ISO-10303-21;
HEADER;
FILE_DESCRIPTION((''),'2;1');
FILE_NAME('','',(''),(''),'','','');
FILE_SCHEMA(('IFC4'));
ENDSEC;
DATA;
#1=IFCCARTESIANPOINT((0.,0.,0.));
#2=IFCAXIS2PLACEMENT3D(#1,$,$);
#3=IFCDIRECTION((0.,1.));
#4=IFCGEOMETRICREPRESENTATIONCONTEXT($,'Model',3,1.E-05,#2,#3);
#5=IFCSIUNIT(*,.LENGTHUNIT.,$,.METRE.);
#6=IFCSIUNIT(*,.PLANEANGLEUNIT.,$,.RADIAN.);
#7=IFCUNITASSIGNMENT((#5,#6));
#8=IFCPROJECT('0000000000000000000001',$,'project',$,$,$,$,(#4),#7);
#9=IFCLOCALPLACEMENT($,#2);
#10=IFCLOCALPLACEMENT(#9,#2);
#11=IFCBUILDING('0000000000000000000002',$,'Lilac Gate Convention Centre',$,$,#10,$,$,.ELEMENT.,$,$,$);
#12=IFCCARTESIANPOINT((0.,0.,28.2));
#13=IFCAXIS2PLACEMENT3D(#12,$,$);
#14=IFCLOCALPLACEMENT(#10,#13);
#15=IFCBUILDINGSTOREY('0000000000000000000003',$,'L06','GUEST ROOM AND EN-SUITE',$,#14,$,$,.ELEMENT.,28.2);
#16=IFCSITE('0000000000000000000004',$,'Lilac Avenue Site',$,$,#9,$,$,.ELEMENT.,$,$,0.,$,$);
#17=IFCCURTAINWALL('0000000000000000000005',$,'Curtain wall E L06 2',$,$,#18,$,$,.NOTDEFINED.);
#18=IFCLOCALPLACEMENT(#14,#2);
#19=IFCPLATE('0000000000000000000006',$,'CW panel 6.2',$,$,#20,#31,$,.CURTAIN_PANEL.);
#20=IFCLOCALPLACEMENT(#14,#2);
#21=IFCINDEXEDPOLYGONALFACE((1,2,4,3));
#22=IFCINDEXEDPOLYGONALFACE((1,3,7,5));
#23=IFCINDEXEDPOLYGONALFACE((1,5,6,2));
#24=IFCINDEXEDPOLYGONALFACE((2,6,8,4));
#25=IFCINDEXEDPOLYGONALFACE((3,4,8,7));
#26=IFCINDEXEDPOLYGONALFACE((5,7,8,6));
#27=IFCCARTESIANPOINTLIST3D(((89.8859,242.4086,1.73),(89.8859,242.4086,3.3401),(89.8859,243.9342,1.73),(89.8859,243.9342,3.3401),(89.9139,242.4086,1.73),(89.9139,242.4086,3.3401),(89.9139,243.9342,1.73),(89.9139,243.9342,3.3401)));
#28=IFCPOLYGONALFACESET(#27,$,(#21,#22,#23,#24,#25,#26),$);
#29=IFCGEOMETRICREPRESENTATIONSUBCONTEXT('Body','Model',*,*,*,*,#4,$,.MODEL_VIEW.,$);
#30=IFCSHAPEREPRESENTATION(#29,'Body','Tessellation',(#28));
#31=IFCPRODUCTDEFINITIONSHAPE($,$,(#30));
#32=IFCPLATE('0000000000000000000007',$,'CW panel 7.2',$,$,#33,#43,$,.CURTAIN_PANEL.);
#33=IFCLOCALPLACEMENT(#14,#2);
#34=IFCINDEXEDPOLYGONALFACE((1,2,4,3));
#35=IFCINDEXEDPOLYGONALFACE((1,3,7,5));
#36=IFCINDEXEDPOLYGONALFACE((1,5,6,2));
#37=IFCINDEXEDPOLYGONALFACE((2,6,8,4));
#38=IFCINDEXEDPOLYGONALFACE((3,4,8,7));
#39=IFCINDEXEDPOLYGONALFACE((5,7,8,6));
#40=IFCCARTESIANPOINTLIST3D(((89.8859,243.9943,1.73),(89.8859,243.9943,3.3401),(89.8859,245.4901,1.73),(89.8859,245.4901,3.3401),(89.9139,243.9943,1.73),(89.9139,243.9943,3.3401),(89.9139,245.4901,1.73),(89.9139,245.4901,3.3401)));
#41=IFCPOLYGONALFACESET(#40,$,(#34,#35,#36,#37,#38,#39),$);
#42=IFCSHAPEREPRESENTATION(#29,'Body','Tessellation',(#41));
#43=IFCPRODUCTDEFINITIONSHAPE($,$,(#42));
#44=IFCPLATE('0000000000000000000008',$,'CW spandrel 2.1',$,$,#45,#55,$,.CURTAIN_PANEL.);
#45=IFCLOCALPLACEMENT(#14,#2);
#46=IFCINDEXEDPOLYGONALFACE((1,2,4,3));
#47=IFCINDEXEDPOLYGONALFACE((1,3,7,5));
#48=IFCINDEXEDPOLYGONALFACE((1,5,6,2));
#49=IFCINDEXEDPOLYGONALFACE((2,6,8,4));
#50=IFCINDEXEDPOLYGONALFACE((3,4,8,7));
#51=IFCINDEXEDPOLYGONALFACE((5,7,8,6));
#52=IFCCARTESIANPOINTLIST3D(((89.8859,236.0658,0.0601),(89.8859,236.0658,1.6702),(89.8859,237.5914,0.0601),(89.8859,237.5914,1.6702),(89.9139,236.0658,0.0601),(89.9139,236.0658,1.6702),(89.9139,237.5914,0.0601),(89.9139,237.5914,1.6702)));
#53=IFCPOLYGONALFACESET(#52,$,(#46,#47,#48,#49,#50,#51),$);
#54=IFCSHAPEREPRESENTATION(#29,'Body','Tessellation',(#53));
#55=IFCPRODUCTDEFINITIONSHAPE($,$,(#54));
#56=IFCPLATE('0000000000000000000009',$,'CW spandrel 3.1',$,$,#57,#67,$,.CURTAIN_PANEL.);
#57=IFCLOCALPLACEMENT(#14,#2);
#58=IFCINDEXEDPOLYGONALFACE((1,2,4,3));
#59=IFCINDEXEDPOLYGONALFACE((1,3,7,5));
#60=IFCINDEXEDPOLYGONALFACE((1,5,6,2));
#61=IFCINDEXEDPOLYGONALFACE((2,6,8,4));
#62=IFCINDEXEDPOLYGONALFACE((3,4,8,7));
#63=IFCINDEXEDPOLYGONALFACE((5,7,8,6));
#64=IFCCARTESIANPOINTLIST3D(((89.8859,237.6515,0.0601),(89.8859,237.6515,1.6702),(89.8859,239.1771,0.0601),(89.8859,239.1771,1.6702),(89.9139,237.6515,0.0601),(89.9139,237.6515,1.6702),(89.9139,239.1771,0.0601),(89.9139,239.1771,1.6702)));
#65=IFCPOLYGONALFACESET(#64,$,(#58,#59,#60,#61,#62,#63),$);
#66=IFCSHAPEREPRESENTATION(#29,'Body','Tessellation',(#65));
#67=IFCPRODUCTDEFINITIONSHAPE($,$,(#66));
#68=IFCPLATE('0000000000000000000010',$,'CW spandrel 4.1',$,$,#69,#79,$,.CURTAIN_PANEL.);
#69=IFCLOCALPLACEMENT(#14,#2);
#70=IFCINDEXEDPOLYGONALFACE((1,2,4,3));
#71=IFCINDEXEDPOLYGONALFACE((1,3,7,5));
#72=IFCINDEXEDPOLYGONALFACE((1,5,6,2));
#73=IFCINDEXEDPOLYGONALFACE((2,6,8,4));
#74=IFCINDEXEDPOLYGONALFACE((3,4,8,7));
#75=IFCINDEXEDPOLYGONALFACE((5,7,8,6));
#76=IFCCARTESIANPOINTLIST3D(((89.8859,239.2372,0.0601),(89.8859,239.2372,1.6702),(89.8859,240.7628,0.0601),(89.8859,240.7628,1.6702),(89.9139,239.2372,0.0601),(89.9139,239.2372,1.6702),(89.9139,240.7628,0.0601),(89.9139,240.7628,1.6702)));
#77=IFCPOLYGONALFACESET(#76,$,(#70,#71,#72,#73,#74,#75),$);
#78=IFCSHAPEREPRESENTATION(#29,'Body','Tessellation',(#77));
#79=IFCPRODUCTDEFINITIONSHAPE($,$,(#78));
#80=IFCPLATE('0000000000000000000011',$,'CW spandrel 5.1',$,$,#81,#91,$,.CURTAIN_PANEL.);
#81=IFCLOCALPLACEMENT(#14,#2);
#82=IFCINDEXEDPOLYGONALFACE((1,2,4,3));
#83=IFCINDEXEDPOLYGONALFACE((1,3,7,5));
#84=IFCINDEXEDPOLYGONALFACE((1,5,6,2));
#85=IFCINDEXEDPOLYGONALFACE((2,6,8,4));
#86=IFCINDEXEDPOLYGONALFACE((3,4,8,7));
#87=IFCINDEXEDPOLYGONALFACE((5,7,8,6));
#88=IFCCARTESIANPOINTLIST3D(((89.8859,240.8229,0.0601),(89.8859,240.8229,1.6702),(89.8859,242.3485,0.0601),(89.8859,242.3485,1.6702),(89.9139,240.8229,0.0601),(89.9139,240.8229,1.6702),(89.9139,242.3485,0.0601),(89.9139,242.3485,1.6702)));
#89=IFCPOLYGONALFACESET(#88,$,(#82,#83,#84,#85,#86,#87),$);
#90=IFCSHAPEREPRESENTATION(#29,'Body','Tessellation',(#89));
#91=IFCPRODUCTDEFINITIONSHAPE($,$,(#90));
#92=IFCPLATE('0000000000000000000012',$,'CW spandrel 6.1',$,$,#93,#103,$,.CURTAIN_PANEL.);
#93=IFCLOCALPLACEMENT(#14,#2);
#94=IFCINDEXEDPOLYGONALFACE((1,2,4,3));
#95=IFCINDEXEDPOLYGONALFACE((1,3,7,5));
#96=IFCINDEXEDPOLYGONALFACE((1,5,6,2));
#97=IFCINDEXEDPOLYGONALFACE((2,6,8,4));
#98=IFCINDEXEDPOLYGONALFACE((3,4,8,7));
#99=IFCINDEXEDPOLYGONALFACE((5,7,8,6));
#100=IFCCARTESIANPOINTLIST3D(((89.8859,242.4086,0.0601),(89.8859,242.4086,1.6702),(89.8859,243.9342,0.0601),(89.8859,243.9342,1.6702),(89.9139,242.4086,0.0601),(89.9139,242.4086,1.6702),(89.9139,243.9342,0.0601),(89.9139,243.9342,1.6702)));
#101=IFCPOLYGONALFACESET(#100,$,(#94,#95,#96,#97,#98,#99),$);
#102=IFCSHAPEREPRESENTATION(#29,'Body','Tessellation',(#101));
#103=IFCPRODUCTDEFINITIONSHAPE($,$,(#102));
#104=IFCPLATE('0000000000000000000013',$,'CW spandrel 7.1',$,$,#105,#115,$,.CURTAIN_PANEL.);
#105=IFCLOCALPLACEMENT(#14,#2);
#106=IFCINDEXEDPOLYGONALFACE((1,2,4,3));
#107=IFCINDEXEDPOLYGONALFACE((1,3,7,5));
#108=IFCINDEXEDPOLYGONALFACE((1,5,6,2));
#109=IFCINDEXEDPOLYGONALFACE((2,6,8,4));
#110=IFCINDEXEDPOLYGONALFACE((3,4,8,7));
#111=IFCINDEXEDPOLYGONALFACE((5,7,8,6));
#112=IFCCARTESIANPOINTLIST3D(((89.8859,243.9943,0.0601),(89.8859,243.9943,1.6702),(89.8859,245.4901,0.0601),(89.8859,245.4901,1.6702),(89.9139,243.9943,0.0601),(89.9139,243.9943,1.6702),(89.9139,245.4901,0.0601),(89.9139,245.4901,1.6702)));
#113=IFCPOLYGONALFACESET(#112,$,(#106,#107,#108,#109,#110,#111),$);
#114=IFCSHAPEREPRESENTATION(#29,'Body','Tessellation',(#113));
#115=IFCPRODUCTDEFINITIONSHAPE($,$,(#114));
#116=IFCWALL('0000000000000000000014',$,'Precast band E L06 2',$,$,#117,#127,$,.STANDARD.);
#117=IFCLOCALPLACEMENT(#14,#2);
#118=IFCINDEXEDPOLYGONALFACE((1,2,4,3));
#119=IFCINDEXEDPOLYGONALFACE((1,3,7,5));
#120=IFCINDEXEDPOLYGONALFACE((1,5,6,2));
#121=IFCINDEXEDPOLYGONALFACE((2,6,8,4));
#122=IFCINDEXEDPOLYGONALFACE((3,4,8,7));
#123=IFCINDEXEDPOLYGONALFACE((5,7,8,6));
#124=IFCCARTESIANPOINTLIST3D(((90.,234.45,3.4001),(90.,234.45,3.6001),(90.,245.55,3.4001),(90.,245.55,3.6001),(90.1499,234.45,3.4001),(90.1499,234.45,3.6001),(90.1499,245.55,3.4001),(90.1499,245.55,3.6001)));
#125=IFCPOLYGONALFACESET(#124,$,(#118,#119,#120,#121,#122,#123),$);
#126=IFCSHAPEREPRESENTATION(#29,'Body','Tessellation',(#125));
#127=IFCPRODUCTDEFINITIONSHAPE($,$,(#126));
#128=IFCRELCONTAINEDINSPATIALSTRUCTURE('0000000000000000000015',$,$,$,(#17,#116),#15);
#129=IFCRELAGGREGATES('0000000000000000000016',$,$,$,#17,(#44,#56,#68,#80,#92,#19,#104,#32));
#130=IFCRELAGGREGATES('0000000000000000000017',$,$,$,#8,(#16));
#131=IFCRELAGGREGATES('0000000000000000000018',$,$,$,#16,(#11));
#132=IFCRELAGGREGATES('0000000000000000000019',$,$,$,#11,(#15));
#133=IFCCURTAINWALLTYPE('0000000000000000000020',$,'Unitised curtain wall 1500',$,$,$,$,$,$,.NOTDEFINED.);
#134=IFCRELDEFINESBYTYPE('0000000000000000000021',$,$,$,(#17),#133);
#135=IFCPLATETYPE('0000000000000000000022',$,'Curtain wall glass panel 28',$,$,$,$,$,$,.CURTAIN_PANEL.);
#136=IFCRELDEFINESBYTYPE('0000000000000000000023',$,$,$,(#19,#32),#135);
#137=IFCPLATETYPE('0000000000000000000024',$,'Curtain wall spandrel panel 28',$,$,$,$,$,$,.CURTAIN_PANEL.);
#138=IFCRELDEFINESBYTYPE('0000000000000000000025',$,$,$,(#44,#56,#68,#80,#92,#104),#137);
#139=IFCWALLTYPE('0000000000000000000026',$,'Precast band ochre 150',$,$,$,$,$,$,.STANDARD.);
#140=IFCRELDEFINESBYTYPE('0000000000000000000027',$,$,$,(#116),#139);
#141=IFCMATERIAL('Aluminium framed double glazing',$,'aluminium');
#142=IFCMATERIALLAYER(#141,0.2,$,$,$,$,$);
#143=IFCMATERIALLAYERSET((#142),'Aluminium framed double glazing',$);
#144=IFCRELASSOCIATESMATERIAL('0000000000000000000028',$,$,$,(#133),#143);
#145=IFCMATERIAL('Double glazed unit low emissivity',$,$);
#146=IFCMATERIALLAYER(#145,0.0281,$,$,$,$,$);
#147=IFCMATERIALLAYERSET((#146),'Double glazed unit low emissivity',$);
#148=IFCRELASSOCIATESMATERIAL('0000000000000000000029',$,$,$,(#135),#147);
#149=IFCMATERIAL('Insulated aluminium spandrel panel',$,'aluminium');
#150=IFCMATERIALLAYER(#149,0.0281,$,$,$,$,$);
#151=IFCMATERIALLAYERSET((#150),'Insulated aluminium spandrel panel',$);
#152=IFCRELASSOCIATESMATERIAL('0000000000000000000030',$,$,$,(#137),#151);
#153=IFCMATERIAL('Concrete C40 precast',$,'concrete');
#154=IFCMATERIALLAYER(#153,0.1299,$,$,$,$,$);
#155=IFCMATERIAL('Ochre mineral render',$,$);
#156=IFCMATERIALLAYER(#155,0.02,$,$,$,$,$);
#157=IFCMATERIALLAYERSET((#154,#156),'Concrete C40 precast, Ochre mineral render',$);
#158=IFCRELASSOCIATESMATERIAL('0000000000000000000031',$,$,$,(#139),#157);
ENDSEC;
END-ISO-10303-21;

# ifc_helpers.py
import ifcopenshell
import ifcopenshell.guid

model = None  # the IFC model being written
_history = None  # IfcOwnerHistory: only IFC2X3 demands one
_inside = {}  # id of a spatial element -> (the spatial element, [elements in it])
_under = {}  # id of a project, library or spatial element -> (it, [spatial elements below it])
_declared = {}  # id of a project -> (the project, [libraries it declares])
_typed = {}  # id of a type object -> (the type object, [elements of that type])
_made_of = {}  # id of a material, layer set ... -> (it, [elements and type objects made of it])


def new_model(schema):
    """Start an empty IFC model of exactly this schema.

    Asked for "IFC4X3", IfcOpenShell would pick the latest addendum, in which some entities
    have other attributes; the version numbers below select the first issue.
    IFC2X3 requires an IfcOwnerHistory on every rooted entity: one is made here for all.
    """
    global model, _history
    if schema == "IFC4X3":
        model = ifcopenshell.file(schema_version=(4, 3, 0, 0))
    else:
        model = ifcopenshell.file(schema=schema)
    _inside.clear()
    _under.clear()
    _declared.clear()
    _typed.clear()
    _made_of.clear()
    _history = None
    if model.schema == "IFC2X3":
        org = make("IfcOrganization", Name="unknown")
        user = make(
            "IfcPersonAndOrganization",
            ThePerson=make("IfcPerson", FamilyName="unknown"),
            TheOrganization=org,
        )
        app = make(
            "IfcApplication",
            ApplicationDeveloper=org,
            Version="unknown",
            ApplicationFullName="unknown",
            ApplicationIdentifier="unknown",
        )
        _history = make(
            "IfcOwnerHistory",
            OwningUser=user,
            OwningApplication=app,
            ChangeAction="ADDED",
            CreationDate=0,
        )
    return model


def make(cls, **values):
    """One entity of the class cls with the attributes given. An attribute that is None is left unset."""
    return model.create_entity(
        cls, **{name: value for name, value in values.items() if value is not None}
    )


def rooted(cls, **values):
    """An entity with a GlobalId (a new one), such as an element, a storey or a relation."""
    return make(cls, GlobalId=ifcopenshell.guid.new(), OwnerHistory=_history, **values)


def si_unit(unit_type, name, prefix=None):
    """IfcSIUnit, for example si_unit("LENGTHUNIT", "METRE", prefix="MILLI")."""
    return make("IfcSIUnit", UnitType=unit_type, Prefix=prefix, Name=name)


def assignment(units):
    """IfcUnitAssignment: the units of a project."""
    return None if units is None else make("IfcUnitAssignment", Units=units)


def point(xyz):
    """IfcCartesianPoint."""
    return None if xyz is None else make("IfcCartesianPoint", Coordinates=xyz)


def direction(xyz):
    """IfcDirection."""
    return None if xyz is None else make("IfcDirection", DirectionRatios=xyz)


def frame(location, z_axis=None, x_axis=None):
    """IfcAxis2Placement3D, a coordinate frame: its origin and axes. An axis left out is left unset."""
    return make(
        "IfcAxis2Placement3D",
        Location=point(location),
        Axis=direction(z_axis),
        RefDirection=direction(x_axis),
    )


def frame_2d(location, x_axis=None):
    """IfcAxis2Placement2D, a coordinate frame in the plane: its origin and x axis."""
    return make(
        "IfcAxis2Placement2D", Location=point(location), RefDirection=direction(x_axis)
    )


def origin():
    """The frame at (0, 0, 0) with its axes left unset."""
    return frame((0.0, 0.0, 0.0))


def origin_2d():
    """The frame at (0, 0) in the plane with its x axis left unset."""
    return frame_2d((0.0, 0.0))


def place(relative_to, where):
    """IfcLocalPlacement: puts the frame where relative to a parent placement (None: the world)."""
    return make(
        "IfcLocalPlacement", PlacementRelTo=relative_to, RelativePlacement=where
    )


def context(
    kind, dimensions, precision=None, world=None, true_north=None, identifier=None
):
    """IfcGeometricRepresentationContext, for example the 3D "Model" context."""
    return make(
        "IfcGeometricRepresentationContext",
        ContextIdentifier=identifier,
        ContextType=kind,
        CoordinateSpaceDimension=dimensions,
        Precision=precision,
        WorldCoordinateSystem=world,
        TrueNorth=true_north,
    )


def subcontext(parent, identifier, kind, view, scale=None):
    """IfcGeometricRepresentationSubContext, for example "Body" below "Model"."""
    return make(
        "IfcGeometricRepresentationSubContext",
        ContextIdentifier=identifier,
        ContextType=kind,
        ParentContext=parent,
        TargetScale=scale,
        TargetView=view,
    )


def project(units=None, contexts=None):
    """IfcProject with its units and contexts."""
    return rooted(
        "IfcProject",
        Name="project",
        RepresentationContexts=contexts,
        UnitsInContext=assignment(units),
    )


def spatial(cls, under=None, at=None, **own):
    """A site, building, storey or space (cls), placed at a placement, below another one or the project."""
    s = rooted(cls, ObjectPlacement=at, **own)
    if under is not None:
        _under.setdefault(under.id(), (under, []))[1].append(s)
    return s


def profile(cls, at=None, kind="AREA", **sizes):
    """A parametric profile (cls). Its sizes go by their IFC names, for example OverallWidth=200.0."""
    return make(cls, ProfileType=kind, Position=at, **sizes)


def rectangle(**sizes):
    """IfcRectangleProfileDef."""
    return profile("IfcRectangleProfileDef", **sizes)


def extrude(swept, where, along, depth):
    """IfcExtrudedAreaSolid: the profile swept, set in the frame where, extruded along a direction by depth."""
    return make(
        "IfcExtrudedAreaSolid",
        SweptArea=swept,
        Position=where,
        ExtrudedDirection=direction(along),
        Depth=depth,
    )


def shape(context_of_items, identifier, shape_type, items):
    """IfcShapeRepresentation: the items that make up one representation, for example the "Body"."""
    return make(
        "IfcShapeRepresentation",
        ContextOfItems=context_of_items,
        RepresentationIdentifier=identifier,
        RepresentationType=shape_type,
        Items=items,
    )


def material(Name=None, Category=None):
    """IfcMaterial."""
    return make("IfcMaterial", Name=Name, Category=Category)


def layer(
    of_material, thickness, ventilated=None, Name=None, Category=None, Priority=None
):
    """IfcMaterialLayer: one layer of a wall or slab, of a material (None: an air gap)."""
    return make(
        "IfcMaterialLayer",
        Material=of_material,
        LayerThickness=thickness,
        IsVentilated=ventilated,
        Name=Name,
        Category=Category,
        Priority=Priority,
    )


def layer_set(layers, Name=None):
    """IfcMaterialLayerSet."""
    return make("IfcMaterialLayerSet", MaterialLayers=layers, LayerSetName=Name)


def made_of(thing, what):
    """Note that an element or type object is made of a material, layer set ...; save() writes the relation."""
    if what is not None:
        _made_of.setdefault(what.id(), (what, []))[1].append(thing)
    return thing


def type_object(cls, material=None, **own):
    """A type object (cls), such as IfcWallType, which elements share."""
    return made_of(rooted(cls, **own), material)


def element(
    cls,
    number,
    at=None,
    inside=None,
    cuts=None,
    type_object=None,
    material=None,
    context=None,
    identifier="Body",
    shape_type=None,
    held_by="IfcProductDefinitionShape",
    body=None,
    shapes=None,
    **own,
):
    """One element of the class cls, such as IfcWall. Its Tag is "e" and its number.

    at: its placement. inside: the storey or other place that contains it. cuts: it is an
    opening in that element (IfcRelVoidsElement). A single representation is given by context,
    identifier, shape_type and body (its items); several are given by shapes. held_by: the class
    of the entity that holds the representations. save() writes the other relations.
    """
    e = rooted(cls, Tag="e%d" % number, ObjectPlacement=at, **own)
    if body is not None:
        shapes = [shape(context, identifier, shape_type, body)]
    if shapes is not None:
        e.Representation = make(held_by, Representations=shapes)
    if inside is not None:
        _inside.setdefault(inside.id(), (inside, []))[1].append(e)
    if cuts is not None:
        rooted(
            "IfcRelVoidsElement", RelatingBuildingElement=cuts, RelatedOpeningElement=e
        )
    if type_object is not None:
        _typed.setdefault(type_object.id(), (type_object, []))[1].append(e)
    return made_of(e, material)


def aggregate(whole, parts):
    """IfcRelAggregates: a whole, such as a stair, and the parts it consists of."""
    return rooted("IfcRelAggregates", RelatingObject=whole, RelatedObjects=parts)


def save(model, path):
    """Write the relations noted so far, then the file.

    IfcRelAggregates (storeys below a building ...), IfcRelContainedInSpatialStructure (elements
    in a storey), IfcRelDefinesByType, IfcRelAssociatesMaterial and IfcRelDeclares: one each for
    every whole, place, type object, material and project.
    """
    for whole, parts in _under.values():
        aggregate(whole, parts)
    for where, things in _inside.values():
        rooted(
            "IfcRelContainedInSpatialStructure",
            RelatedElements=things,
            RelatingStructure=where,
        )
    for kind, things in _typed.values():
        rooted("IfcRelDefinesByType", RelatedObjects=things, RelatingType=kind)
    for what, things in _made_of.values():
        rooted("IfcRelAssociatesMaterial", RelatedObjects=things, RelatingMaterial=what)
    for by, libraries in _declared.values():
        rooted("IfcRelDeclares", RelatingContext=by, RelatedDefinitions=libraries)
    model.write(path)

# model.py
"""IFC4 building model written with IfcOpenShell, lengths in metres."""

from ifc_helpers import new_model, si_unit, direction, frame, frame_2d, origin, origin_2d, place, context, subcontext, project, spatial, rectangle, extrude, material, layer, layer_set, type_object, element, aggregate, save


model = new_model("IFC4")

# Units and contexts
model_context = context("Model", 3, precision=1e-05, world=origin(), true_north=direction((0.0, 1.0)))
body_context = subcontext(model_context, "Body", "Model", "MODEL_VIEW")
ifc_project = project(units=[si_unit("LENGTHUNIT", "METRE"), si_unit("PLANEANGLEUNIT", "RADIAN")], contexts=[model_context])

# Site, building, storey
site_placement = place(None, origin())
site = spatial("IfcSite", under=ifc_project, at=site_placement, Name="Lilac Avenue Site", CompositionType="ELEMENT", RefElevation=0.0)
building_placement = place(site_placement, origin())
building = spatial("IfcBuilding", under=site, at=building_placement, Name="Lilac Gate Convention Centre", CompositionType="ELEMENT")
storey_placement = place(building_placement, frame((0.0, 0.0, 28.2)))
storey = spatial("IfcBuildingStorey", under=building, at=storey_placement, Name="L06", Description="GUEST ROOM AND EN-SUITE", CompositionType="ELEMENT", Elevation=28.2)

# Curtain wall
ifc_material_1 = material(Name="Aluminium framed double glazing", Category="aluminium")
ifc_layer_1 = layer(ifc_material_1, 0.2)
ifc_layer_set_1 = layer_set([ifc_layer_1], Name="Aluminium framed double glazing")
curtain_wall_type = type_object("IfcCurtainWallType", Name="Unitised curtain wall 1500", PredefinedType="NOTDEFINED", material=ifc_layer_set_1)
curtain_wall_placement = place(storey_placement, origin())
curtain_wall = element("IfcCurtainWall", 1, at=curtain_wall_placement, inside=storey, type_object=curtain_wall_type, Name="Curtain wall E L06 2", PredefinedType="NOTDEFINED")

# Plates
ifc_material_2 = material(Name="Double glazed unit low emissivity")
ifc_layer_2 = layer(ifc_material_2, 0.0281)
ifc_layer_set_2 = layer_set([ifc_layer_2], Name="Double glazed unit low emissivity")
plate_type_1 = type_object("IfcPlateType", Name="Curtain wall glass panel 28", PredefinedType="CURTAIN_PANEL", material=ifc_layer_set_2)
plate_1_placement = place(storey_placement, frame((89.8999, 243.1714, 1.73), z_axis=(0.0, 0.0, 1.0), x_axis=(0.0, 1.0, 0.0)))
plate_1 = element("IfcPlate", 2, at=plate_1_placement, type_object=plate_type_1, Name="CW panel 6.2", PredefinedType="CURTAIN_PANEL", context=body_context, shape_type="SweptSolid", body=[
    extrude(rectangle(XDim=1.5256, YDim=0.0281, at=origin_2d()), origin(), (0.0, 0.0, 1.0), 1.6101),
])
plate_2_placement = place(storey_placement, frame((89.8999, 244.7422, 1.73), z_axis=(0.0, 0.0, 1.0), x_axis=(0.0, 1.0, 0.0)))
plate_2 = element("IfcPlate", 3, at=plate_2_placement, type_object=plate_type_1, Name="CW panel 7.2", PredefinedType="CURTAIN_PANEL", context=body_context, shape_type="SweptSolid", body=[
    extrude(rectangle(XDim=1.4958, YDim=0.0281, at=origin_2d()), origin(), (0.0, 0.0, 1.0), 1.6101),
])
ifc_material_3 = material(Name="Insulated aluminium spandrel panel", Category="aluminium")
ifc_layer_3 = layer(ifc_material_3, 0.0281)
ifc_layer_set_3 = layer_set([ifc_layer_3], Name="Insulated aluminium spandrel panel")
plate_type_2 = type_object("IfcPlateType", Name="Curtain wall spandrel panel 28", PredefinedType="CURTAIN_PANEL", material=ifc_layer_set_3)
plate_3_placement = place(storey_placement, frame((89.8999, 236.8286, 0.0601), z_axis=(0.0, 0.0, 1.0), x_axis=(0.0, 1.0, 0.0)))
plate_3 = element("IfcPlate", 4, at=plate_3_placement, type_object=plate_type_2, Name="CW spandrel 2.1", PredefinedType="CURTAIN_PANEL", context=body_context, shape_type="SweptSolid", body=[
    extrude(rectangle(XDim=1.5256, YDim=0.0281, at=origin_2d()), origin(), (0.0, 0.0, 1.0), 1.6101),
])
plate_4_placement = place(storey_placement, frame((89.8999, 238.4143, 0.0601), z_axis=(0.0, 0.0, 1.0), x_axis=(0.0, 1.0, 0.0)))
plate_4 = element("IfcPlate", 5, at=plate_4_placement, type_object=plate_type_2, Name="CW spandrel 3.1", PredefinedType="CURTAIN_PANEL", context=body_context, shape_type="SweptSolid", body=[
    extrude(rectangle(XDim=1.5256, YDim=0.0281, at=origin_2d()), origin(), (0.0, 0.0, 1.0), 1.6101),
])
plate_5_placement = place(storey_placement, frame((89.8999, 240.0, 0.0601), z_axis=(0.0, 0.0, 1.0), x_axis=(0.0, 1.0, 0.0)))
plate_5 = element("IfcPlate", 6, at=plate_5_placement, type_object=plate_type_2, Name="CW spandrel 4.1", PredefinedType="CURTAIN_PANEL", context=body_context, shape_type="SweptSolid", body=[
    extrude(rectangle(XDim=1.5256, YDim=0.0281, at=origin_2d()), origin(), (0.0, 0.0, 1.0), 1.6101),
])
plate_6_placement = place(storey_placement, frame((89.8999, 241.5857, 0.0601), z_axis=(0.0, 0.0, 1.0), x_axis=(0.0, 1.0, 0.0)))
plate_6 = element("IfcPlate", 7, at=plate_6_placement, type_object=plate_type_2, Name="CW spandrel 5.1", PredefinedType="CURTAIN_PANEL", context=body_context, shape_type="SweptSolid", body=[
    extrude(rectangle(XDim=1.5256, YDim=0.0281, at=origin_2d()), origin(), (0.0, 0.0, 1.0), 1.6101),
])
plate_7_placement = place(storey_placement, frame((89.8999, 243.1714, 0.0601), z_axis=(0.0, 0.0, 1.0), x_axis=(0.0, 1.0, 0.0)))
plate_7 = element("IfcPlate", 8, at=plate_7_placement, type_object=plate_type_2, Name="CW spandrel 6.1", PredefinedType="CURTAIN_PANEL", context=body_context, shape_type="SweptSolid", body=[
    extrude(rectangle(XDim=1.5256, YDim=0.0281, at=origin_2d()), origin(), (0.0, 0.0, 1.0), 1.6101),
])
plate_8_placement = place(storey_placement, frame((89.8999, 244.7422, 0.0601), z_axis=(0.0, 0.0, 1.0), x_axis=(0.0, 1.0, 0.0)))
plate_8 = element("IfcPlate", 9, at=plate_8_placement, type_object=plate_type_2, Name="CW spandrel 7.1", PredefinedType="CURTAIN_PANEL", context=body_context, shape_type="SweptSolid", body=[
    extrude(rectangle(XDim=1.4958, YDim=0.0281, at=origin_2d()), origin(), (0.0, 0.0, 1.0), 1.6101),
])
aggregate(curtain_wall, [plate_3, plate_4, plate_5, plate_6, plate_7, plate_1, plate_8, plate_2])

# Wall
ifc_material_4 = material(Name="Concrete C40 precast", Category="concrete")
ifc_layer_4 = layer(ifc_material_4, 0.1299)
ifc_material_5 = material(Name="Ochre mineral render")
ifc_layer_5 = layer(ifc_material_5, 0.02)
ifc_layer_set_4 = layer_set([ifc_layer_4, ifc_layer_5], Name="Concrete C40 precast, Ochre mineral render")
wall_type = type_object("IfcWallType", Name="Precast band ochre 150", PredefinedType="STANDARD", material=ifc_layer_set_4)
wall_placement = place(storey_placement, frame((90.075, 234.45, 3.4001), z_axis=(0.0, 0.0, 1.0), x_axis=(0.0, 1.0, 0.0)))
element("IfcWall", 10, at=wall_placement, inside=storey, type_object=wall_type, Name="Precast band E L06 2", PredefinedType="STANDARD", context=body_context, shape_type="SweptSolid", body=[
    extrude(rectangle(XDim=11.1001, YDim=0.1499, at=frame_2d((5.55, 0.0))), origin(), (0.0, 0.0, 1.0), 0.2),
])

save(model, "model.ifc")
